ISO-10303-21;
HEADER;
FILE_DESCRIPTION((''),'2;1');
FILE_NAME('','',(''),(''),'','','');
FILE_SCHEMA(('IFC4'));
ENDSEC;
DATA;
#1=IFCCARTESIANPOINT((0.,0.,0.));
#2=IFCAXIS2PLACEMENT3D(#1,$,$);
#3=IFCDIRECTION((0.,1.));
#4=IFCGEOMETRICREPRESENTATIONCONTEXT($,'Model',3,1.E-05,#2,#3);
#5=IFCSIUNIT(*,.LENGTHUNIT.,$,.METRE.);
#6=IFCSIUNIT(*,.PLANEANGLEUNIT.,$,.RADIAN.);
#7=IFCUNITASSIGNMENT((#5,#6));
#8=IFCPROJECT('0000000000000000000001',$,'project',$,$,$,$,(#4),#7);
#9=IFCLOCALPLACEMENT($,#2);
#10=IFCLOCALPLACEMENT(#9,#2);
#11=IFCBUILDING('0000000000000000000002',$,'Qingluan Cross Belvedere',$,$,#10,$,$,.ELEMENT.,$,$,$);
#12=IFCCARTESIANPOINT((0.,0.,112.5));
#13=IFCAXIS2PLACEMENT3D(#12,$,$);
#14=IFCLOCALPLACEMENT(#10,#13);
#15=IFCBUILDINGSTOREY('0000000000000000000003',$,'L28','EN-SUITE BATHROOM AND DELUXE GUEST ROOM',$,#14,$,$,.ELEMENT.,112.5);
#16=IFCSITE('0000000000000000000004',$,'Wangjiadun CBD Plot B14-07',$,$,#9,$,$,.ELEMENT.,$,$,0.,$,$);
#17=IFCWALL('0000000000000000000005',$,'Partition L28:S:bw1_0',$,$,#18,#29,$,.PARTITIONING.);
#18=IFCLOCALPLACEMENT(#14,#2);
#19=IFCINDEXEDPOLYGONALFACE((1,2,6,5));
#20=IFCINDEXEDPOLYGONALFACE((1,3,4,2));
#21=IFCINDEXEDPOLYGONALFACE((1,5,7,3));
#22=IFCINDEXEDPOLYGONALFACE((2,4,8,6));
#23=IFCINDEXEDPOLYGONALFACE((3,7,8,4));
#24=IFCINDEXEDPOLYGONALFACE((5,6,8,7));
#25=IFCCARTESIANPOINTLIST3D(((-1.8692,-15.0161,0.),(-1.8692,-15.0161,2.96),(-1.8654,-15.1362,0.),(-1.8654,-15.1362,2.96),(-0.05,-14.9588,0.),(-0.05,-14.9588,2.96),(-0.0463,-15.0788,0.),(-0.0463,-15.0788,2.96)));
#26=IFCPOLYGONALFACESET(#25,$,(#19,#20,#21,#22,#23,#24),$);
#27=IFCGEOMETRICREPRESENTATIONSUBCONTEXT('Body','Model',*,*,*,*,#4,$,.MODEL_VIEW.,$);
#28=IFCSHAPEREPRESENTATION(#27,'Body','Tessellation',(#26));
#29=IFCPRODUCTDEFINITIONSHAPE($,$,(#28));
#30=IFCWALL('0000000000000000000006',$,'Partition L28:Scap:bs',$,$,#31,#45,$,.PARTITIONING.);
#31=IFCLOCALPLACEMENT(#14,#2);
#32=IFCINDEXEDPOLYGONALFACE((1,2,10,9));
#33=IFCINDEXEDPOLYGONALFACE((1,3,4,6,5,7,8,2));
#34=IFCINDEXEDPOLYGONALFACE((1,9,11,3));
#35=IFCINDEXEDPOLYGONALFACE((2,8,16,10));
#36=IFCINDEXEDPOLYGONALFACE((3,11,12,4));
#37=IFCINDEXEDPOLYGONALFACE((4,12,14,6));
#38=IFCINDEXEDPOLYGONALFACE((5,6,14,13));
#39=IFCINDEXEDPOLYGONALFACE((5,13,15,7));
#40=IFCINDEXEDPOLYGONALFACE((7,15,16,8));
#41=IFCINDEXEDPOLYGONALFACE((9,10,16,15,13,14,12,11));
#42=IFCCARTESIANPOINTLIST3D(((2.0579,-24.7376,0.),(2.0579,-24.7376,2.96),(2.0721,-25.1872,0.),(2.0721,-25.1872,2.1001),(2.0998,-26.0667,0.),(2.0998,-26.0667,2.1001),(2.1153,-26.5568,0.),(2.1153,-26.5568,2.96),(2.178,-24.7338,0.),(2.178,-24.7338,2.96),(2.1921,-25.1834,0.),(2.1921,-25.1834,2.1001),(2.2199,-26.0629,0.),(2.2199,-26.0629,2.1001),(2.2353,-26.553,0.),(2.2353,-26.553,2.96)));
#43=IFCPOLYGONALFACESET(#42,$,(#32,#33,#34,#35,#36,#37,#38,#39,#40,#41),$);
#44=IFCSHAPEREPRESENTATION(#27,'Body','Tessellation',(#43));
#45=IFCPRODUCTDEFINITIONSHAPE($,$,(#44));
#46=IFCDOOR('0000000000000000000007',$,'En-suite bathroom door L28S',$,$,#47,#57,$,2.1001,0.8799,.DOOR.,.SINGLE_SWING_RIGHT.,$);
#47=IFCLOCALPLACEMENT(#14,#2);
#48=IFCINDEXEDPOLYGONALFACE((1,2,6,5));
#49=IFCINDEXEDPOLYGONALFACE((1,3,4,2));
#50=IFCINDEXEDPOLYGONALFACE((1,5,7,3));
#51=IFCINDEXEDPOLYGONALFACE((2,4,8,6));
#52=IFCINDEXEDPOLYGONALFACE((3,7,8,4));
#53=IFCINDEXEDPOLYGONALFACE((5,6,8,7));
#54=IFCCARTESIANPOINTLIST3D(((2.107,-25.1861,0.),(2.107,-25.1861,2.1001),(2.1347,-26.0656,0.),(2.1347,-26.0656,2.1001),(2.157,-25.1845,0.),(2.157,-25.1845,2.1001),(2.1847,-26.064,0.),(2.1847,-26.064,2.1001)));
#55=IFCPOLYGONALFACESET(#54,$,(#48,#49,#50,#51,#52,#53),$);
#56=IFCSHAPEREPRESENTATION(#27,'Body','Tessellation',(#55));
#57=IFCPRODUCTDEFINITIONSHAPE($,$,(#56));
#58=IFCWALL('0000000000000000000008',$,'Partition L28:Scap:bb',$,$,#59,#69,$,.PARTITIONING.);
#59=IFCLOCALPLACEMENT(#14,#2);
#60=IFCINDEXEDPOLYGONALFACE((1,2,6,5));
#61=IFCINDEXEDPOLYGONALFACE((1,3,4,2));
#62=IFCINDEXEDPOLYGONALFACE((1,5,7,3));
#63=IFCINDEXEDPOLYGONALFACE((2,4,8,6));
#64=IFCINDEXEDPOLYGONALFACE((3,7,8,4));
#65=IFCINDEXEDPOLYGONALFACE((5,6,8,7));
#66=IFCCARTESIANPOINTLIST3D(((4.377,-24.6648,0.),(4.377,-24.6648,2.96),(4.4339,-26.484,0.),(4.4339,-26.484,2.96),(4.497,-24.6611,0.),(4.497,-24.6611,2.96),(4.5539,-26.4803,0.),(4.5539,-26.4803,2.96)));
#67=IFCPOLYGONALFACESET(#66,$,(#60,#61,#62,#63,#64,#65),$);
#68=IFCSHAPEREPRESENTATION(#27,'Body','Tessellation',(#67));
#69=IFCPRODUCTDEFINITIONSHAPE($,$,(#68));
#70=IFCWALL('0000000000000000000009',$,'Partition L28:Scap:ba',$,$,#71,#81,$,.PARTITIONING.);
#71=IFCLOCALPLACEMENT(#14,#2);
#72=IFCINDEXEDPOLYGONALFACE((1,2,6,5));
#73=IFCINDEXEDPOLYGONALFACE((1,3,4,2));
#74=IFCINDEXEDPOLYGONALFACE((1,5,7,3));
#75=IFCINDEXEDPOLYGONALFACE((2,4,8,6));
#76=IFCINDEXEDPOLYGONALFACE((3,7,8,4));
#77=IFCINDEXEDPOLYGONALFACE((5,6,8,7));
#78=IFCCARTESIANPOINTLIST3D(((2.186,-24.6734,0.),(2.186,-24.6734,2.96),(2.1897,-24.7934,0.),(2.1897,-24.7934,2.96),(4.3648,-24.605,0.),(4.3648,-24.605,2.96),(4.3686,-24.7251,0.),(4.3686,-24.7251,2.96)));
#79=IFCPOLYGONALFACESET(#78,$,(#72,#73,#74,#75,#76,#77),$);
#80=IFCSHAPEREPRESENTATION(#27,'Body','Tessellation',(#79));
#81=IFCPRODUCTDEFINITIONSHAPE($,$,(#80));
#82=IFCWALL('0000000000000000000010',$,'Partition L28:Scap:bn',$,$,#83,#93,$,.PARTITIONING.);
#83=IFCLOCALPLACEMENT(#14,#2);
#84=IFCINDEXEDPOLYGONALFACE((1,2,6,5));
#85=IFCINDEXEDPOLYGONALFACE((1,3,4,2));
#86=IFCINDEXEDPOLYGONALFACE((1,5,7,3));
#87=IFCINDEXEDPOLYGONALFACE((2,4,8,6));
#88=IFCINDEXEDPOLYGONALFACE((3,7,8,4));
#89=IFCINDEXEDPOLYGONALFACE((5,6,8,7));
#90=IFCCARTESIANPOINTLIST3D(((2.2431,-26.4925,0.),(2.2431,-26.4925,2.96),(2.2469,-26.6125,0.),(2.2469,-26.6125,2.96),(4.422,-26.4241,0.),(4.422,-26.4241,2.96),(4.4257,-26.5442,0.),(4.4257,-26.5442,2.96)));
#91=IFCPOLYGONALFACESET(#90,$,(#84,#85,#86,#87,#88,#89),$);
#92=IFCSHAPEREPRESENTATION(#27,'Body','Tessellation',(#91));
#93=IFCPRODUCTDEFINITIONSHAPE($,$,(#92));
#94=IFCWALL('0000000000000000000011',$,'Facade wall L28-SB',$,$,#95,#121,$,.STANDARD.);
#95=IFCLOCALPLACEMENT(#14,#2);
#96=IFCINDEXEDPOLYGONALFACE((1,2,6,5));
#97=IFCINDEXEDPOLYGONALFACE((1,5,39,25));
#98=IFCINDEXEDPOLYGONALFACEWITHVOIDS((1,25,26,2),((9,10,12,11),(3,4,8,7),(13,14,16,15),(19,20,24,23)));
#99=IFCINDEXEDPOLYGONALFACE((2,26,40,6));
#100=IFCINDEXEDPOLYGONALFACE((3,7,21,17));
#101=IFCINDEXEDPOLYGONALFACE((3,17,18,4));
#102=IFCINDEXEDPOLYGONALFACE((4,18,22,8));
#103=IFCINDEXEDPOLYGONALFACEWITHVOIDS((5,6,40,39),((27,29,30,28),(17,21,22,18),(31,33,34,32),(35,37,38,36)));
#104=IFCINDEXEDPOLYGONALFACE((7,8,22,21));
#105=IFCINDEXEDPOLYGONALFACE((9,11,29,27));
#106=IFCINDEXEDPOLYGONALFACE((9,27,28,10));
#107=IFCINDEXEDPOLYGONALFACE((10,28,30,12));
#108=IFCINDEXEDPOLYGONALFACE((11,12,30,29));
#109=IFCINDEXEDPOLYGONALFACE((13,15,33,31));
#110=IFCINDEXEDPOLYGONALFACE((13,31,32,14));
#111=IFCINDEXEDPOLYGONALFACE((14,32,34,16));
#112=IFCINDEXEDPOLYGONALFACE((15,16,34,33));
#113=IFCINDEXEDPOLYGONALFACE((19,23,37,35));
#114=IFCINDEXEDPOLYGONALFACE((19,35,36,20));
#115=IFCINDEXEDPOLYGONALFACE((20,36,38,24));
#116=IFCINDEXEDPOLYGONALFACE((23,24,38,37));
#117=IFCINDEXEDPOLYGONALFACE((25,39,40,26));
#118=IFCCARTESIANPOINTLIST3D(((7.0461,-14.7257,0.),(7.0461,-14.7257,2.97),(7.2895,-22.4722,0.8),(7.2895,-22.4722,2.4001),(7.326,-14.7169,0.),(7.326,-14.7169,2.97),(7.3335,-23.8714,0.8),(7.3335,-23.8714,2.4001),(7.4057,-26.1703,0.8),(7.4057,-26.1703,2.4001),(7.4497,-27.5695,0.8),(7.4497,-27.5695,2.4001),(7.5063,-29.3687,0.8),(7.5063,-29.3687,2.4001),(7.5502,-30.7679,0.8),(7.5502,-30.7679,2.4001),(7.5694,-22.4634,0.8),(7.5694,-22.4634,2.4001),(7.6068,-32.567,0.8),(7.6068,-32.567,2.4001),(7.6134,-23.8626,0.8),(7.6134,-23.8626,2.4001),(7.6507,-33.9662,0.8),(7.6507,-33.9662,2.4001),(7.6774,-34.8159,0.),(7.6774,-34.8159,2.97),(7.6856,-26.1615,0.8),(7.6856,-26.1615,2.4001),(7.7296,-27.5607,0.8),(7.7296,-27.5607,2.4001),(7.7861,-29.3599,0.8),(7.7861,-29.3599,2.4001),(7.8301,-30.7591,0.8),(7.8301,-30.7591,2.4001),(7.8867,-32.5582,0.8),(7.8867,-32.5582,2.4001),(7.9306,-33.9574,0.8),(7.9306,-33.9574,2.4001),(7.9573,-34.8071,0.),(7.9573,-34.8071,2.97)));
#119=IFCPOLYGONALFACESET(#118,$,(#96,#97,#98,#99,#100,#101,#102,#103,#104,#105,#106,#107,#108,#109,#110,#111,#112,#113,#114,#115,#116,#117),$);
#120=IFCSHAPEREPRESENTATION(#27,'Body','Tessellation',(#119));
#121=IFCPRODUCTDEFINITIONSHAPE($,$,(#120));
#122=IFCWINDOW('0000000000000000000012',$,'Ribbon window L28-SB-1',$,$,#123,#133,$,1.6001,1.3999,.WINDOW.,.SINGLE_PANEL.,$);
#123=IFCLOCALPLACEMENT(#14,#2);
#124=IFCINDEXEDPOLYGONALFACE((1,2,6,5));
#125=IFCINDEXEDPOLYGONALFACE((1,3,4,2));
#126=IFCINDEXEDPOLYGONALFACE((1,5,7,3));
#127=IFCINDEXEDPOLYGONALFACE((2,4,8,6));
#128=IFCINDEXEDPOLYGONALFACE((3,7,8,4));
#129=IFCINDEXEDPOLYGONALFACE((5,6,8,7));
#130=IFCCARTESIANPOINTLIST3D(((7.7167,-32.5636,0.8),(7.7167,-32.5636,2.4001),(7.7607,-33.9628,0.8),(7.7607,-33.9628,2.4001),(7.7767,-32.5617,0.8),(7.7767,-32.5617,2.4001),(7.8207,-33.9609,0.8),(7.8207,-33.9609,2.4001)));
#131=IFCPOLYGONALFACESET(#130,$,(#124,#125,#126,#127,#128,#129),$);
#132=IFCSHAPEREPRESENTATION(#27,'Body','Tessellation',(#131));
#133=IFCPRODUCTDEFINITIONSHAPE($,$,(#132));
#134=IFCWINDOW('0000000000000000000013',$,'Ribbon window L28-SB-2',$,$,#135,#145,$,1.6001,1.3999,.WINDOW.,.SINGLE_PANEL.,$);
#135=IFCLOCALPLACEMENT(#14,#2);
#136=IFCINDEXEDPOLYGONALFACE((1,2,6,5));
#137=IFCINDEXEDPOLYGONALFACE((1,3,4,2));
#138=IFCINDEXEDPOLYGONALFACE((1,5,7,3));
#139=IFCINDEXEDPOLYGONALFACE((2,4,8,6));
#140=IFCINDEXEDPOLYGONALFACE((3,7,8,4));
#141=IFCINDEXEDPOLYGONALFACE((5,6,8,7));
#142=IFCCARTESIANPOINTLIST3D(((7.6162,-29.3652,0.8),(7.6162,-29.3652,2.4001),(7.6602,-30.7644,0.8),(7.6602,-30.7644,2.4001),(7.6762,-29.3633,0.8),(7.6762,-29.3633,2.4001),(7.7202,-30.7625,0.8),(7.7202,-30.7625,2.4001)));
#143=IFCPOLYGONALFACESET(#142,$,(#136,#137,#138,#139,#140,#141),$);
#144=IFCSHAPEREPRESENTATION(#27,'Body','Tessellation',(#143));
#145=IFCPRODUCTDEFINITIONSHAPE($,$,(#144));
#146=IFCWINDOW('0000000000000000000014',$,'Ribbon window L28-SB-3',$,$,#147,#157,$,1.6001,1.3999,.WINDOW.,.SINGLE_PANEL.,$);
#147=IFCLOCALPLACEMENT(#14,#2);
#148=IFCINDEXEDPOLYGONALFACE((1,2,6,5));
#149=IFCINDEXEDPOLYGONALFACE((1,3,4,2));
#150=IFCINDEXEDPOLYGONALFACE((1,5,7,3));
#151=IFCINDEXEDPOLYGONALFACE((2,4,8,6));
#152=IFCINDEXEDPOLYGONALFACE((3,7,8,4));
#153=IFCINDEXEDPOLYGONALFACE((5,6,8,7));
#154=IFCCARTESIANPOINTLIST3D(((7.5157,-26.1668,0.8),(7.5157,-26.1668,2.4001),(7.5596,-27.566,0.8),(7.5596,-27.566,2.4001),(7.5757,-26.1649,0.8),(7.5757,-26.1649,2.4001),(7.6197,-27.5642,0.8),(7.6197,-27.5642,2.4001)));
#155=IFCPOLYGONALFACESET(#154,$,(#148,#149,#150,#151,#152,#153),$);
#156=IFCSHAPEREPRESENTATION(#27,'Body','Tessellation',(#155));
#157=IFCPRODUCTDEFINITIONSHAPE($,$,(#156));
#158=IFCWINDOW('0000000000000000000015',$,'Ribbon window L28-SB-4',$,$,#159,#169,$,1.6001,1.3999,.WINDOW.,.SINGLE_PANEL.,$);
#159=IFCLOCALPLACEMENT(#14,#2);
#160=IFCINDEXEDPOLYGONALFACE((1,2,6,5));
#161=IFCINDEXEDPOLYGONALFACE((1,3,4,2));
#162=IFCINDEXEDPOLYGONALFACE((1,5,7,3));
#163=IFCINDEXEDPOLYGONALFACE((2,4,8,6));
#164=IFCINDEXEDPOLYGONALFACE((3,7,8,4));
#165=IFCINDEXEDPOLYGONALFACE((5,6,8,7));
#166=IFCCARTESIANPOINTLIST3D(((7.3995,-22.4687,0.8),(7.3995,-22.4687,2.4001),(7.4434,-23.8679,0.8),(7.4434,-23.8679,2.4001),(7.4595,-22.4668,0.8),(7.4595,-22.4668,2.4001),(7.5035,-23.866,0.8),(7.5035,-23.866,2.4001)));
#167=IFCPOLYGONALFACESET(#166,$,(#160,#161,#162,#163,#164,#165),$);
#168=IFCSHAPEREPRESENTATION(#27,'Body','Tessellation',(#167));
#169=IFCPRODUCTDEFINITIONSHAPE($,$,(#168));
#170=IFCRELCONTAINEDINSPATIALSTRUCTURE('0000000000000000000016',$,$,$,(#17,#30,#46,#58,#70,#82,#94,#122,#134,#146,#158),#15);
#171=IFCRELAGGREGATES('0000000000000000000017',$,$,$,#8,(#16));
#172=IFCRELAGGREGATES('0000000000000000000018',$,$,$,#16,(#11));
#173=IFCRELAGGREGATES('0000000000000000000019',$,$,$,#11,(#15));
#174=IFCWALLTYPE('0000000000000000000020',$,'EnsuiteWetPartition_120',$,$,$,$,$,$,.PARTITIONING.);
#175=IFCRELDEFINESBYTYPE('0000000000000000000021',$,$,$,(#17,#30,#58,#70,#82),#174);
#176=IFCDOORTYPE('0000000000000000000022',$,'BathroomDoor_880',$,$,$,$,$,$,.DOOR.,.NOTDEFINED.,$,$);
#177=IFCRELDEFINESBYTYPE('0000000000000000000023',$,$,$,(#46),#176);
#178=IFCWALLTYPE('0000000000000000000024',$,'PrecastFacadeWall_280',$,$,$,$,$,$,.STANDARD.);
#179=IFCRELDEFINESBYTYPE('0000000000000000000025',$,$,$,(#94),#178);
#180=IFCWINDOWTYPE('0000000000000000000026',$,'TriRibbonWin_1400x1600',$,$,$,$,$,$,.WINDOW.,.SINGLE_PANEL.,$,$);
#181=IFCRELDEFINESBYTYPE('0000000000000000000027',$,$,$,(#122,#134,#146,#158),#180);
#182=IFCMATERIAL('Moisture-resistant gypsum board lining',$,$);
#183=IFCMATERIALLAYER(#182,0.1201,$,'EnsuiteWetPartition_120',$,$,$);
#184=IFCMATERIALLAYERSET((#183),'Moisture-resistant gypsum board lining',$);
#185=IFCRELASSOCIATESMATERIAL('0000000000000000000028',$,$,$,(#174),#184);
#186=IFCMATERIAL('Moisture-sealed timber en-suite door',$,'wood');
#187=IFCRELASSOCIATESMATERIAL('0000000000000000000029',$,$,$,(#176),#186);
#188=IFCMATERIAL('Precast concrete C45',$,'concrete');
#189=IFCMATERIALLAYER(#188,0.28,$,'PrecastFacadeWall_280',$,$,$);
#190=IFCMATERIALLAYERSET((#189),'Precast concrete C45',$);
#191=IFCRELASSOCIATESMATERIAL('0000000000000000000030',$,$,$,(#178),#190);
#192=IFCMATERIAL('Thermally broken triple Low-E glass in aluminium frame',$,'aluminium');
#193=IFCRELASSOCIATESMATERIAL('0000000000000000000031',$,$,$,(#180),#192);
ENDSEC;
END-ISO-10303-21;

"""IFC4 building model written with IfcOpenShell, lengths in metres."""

from ifc_helpers import new_model, si_unit, direction, frame, frame_2d, origin, place, context, subcontext, project, spatial, rectangle, extrude, material, layer, layer_set, type_object, element, fill, save


model = new_model("IFC4")

# Units and contexts
model_context = context("Model", 3, precision=1e-05, world=origin(), true_north=direction((0.0, 1.0)))
body_context = subcontext(model_context, "Body", "Model", "MODEL_VIEW")
ifc_project = project(units=[si_unit("LENGTHUNIT", "METRE"), si_unit("PLANEANGLEUNIT", "RADIAN")], contexts=[model_context])

# Site, building, storey
site_placement = place(None, origin())
site = spatial("IfcSite", under=ifc_project, at=site_placement, Name="Wangjiadun CBD Plot B14-07", CompositionType="ELEMENT", RefElevation=0.0)
building_placement = place(site_placement, origin())
building = spatial("IfcBuilding", under=site, at=building_placement, Name="Qingluan Cross Belvedere", CompositionType="ELEMENT")
storey_placement = place(building_placement, frame((0.0, 0.0, 112.5)))
storey = spatial("IfcBuildingStorey", under=building, at=storey_placement, Name="L28", Description="EN-SUITE BATHROOM AND DELUXE GUEST ROOM", CompositionType="ELEMENT", Elevation=112.5)

# Shared definitions
ifc_material_1 = material(Name="Moisture-resistant gypsum board lining")
ifc_layer_1 = layer(ifc_material_1, 0.1201, Name="EnsuiteWetPartition_120")
ifc_layer_set_1 = layer_set([ifc_layer_1], Name="Moisture-resistant gypsum board lining")
wall_type_1 = type_object("IfcWallType", Name="EnsuiteWetPartition_120", PredefinedType="PARTITIONING", material=ifc_layer_set_1)
ifc_material_2 = material(Name="Moisture-sealed timber en-suite door", Category="wood")
door_type_1 = type_object("IfcDoorType", Name="BathroomDoor_880", OperationType="NOTDEFINED", PredefinedType="DOOR", material=ifc_material_2)

# Wall
wall_1_placement = place(storey_placement, frame((-1.8674, -15.0762, 0.0), z_axis=(0.0, 0.0, 1.0), x_axis=(0.999503, 0.031524, 0.0)))
element("IfcWall", 1, at=wall_1_placement, inside=storey, type_object=wall_type_1, Name="Partition L28:S:bw1_0", PredefinedType="PARTITIONING", context=body_context, shape_type="SweptSolid", body=[
    extrude(rectangle(XDim=1.8201, YDim=0.1201, at=frame_2d((0.9102, 0.0))), origin(), (0.0, 0.0, 1.0), 2.96),
])

# Wall, opening, door
wall_2_placement = place(storey_placement, frame((2.1179, -24.7356, 0.0), z_axis=(0.0, 0.0, 1.0), x_axis=(0.031524, -0.999503, 0.0)))
wall_2 = element("IfcWall", 2, at=wall_2_placement, inside=storey, type_object=wall_type_1, Name="Partition L28:Scap:bs", PredefinedType="PARTITIONING", context=body_context, shape_type="SweptSolid", body=[
    extrude(rectangle(XDim=1.8201, YDim=0.1201, at=frame_2d((0.9102, 0.0))), origin(), (0.0, 0.0, 1.0), 2.96),
])
opening_1_placement = place(wall_2_placement, frame((0.45, 0.0, 0.0)))
opening_1 = element("IfcOpeningElement", 3, at=opening_1_placement, cuts=wall_2, PredefinedType="OPENING", context=body_context, shape_type="SweptSolid", body=[
    extrude(rectangle(XDim=0.8799, YDim=2.1001, at=frame_2d((0.4399, 1.05))), frame((0.0, 0.0701, 0.0), z_axis=(0.0, -1.0, 0.0), x_axis=(1.0, 0.0, 0.0)), (0.0, 0.0, 1.0), 0.1401),
])
door_1_placement = place(opening_1_placement, origin())
door_1 = element("IfcDoor", 4, at=door_1_placement, inside=storey, type_object=door_type_1, Name="En-suite bathroom door L28S", OperationType="SINGLE_SWING_RIGHT", OverallHeight=2.1001, OverallWidth=0.8799, PredefinedType="DOOR", context=body_context, shape_type="SweptSolid", body=[
    extrude(rectangle(XDim=0.8799, YDim=2.1001, at=frame_2d((0.4399, 1.05))), frame((0.0, 0.0249, 0.0), z_axis=(0.0, -1.0, 0.0), x_axis=(1.0, 0.0, 0.0)), (0.0, 0.0, 1.0), 0.05),
])
fill(opening_1, door_1)

# Walls
wall_3_placement = place(storey_placement, frame((4.437, -24.6628, 0.0), z_axis=(0.0, 0.0, 1.0), x_axis=(0.031256, -0.999511, 0.0)))
element("IfcWall", 5, at=wall_3_placement, inside=storey, type_object=wall_type_1, Name="Partition L28:Scap:bb", PredefinedType="PARTITIONING", context=body_context, shape_type="SweptSolid", body=[
    extrude(rectangle(XDim=1.8201, YDim=0.1201, at=frame_2d((0.9102, 0.0))), origin(), (0.0, 0.0, 1.0), 2.96),
])
for number, where, z_axis, x_axis, name in (
    (6, (2.188, -24.7334, 0.0), (0.0, 0.0, 1.0), (0.999508, 0.031357, 0.0), "Partition L28:Scap:ba"),
    (7, (2.2451, -26.5525, 0.0), (0.0, 0.0, 1.0), (0.999508, 0.031357, 0.0), "Partition L28:Scap:bn"),
):
    element("IfcWall", number, at=place(storey_placement, frame(where, z_axis=z_axis, x_axis=x_axis)), inside=storey, type_object=wall_type_1, Name=name, PredefinedType="PARTITIONING", context=body_context, shape_type="SweptSolid", body=[
        extrude(rectangle(XDim=2.1799, YDim=0.1201, at=frame_2d((1.0898, 0.0))), origin(), (0.0, 0.0, 1.0), 2.96),
    ])

# Wall, openings, windows
ifc_material_3 = material(Name="Precast concrete C45", Category="concrete")
ifc_layer_2 = layer(ifc_material_3, 0.28, Name="PrecastFacadeWall_280")
ifc_layer_set_2 = layer_set([ifc_layer_2], Name="Precast concrete C45")
wall_type_2 = type_object("IfcWallType", Name="PrecastFacadeWall_280", PredefinedType="STANDARD", material=ifc_layer_set_2)
wall_4_placement = place(storey_placement, frame((7.8174, -34.8115, 0.0), z_axis=(0.0, 0.0, 1.0), x_axis=(-0.03141, 0.999507, 0.0)))
wall_4 = element("IfcWall", 8, at=wall_4_placement, inside=storey, type_object=wall_type_2, Name="Facade wall L28-SB", PredefinedType="STANDARD", context=body_context, shape_type="SweptSolid", body=[
    extrude(rectangle(XDim=20.1001, YDim=0.28, at=frame_2d((10.05, 0.0))), origin(), (0.0, 0.0, 1.0), 2.97),
])
opening_2_placement = place(wall_4_placement, frame((0.8501, 0.0, 0.8)))
opening_2 = element("IfcOpeningElement", 9, at=opening_2_placement, cuts=wall_4, PredefinedType="OPENING", context=body_context, shape_type="SweptSolid", body=[
    extrude(rectangle(XDim=1.3999, YDim=1.6001, at=frame_2d((0.7, 0.8))), frame((0.0, 0.1499, 0.0), z_axis=(0.0, -1.0, 0.0), x_axis=(1.0, 0.0, 0.0)), (0.0, 0.0, 1.0), 0.3),
])
opening_3_placement = place(wall_4_placement, frame((4.05, 0.0, 0.8)))
opening_3 = element("IfcOpeningElement", 10, at=opening_3_placement, cuts=wall_4, PredefinedType="OPENING", context=body_context, shape_type="SweptSolid", body=[
    extrude(rectangle(XDim=1.3999, YDim=1.6001, at=frame_2d((0.7, 0.8))), frame((0.0, 0.1499, 0.0), z_axis=(0.0, -1.0, 0.0), x_axis=(1.0, 0.0, 0.0)), (0.0, 0.0, 1.0), 0.3),
])
opening_4_placement = place(wall_4_placement, frame((7.25, 0.0, 0.8)))
opening_4 = element("IfcOpeningElement", 11, at=opening_4_placement, cuts=wall_4, PredefinedType="OPENING", context=body_context, shape_type="SweptSolid", body=[
    extrude(rectangle(XDim=1.3999, YDim=1.6001, at=frame_2d((0.7, 0.8))), frame((0.0, 0.1499, 0.0), z_axis=(0.0, -1.0, 0.0), x_axis=(1.0, 0.0, 0.0)), (0.0, 0.0, 1.0), 0.3),
])
opening_5_placement = place(wall_4_placement, frame((10.95, 0.0, 0.8)))
opening_5 = element("IfcOpeningElement", 12, at=opening_5_placement, cuts=wall_4, PredefinedType="OPENING", context=body_context, shape_type="SweptSolid", body=[
    extrude(rectangle(XDim=1.3999, YDim=1.6001, at=frame_2d((0.7, 0.8))), frame((0.0, 0.1499, 0.0), z_axis=(0.0, -1.0, 0.0), x_axis=(1.0, 0.0, 0.0)), (0.0, 0.0, 1.0), 0.3),
])
ifc_material_4 = material(Name="Thermally broken triple Low-E glass in aluminium frame", Category="aluminium")
window_type = type_object("IfcWindowType", Name="TriRibbonWin_1400x1600", PartitioningType="SINGLE_PANEL", PredefinedType="WINDOW", material=ifc_material_4)
window_1_placement = place(opening_2_placement, origin())
window_1 = element("IfcWindow", 13, at=window_1_placement, inside=storey, type_object=window_type, Name="Ribbon window L28-SB-1", OverallHeight=1.6001, OverallWidth=1.3999, PartitioningType="SINGLE_PANEL", PredefinedType="WINDOW", context=body_context, shape_type="SweptSolid", body=[
    extrude(rectangle(XDim=1.3999, YDim=1.6001, at=frame_2d((0.7, 0.8))), frame((0.0, 0.03, 0.0), z_axis=(0.0, -1.0, 0.0), x_axis=(1.0, 0.0, 0.0)), (0.0, 0.0, 1.0), 0.0601),
])
fill(opening_2, window_1)
window_2_placement = place(opening_3_placement, origin())
window_2 = element("IfcWindow", 14, at=window_2_placement, inside=storey, type_object=window_type, Name="Ribbon window L28-SB-2", OverallHeight=1.6001, OverallWidth=1.3999, PartitioningType="SINGLE_PANEL", PredefinedType="WINDOW", context=body_context, shape_type="SweptSolid", body=[
    extrude(rectangle(XDim=1.3999, YDim=1.6001, at=frame_2d((0.7, 0.8))), frame((0.0, 0.03, 0.0), z_axis=(0.0, -1.0, 0.0), x_axis=(1.0, 0.0, 0.0)), (0.0, 0.0, 1.0), 0.0601),
])
fill(opening_3, window_2)
window_3_placement = place(opening_4_placement, origin())
window_3 = element("IfcWindow", 15, at=window_3_placement, inside=storey, type_object=window_type, Name="Ribbon window L28-SB-3", OverallHeight=1.6001, OverallWidth=1.3999, PartitioningType="SINGLE_PANEL", PredefinedType="WINDOW", context=body_context, shape_type="SweptSolid", body=[
    extrude(rectangle(XDim=1.3999, YDim=1.6001, at=frame_2d((0.7, 0.8))), frame((0.0, 0.03, 0.0), z_axis=(0.0, -1.0, 0.0), x_axis=(1.0, 0.0, 0.0)), (0.0, 0.0, 1.0), 0.0601),
])
fill(opening_4, window_3)
window_4_placement = place(opening_5_placement, origin())
window_4 = element("IfcWindow", 16, at=window_4_placement, inside=storey, type_object=window_type, Name="Ribbon window L28-SB-4", OverallHeight=1.6001, OverallWidth=1.3999, PartitioningType="SINGLE_PANEL", PredefinedType="WINDOW", context=body_context, shape_type="SweptSolid", body=[
    extrude(rectangle(XDim=1.3999, YDim=1.6001, at=frame_2d((0.7, 0.8))), frame((0.0, 0.03, 0.0), z_axis=(0.0, -1.0, 0.0), x_axis=(1.0, 0.0, 0.0)), (0.0, 0.0, 1.0), 0.0601),
])
fill(opening_5, window_4)

save(model, "model.ifc")
